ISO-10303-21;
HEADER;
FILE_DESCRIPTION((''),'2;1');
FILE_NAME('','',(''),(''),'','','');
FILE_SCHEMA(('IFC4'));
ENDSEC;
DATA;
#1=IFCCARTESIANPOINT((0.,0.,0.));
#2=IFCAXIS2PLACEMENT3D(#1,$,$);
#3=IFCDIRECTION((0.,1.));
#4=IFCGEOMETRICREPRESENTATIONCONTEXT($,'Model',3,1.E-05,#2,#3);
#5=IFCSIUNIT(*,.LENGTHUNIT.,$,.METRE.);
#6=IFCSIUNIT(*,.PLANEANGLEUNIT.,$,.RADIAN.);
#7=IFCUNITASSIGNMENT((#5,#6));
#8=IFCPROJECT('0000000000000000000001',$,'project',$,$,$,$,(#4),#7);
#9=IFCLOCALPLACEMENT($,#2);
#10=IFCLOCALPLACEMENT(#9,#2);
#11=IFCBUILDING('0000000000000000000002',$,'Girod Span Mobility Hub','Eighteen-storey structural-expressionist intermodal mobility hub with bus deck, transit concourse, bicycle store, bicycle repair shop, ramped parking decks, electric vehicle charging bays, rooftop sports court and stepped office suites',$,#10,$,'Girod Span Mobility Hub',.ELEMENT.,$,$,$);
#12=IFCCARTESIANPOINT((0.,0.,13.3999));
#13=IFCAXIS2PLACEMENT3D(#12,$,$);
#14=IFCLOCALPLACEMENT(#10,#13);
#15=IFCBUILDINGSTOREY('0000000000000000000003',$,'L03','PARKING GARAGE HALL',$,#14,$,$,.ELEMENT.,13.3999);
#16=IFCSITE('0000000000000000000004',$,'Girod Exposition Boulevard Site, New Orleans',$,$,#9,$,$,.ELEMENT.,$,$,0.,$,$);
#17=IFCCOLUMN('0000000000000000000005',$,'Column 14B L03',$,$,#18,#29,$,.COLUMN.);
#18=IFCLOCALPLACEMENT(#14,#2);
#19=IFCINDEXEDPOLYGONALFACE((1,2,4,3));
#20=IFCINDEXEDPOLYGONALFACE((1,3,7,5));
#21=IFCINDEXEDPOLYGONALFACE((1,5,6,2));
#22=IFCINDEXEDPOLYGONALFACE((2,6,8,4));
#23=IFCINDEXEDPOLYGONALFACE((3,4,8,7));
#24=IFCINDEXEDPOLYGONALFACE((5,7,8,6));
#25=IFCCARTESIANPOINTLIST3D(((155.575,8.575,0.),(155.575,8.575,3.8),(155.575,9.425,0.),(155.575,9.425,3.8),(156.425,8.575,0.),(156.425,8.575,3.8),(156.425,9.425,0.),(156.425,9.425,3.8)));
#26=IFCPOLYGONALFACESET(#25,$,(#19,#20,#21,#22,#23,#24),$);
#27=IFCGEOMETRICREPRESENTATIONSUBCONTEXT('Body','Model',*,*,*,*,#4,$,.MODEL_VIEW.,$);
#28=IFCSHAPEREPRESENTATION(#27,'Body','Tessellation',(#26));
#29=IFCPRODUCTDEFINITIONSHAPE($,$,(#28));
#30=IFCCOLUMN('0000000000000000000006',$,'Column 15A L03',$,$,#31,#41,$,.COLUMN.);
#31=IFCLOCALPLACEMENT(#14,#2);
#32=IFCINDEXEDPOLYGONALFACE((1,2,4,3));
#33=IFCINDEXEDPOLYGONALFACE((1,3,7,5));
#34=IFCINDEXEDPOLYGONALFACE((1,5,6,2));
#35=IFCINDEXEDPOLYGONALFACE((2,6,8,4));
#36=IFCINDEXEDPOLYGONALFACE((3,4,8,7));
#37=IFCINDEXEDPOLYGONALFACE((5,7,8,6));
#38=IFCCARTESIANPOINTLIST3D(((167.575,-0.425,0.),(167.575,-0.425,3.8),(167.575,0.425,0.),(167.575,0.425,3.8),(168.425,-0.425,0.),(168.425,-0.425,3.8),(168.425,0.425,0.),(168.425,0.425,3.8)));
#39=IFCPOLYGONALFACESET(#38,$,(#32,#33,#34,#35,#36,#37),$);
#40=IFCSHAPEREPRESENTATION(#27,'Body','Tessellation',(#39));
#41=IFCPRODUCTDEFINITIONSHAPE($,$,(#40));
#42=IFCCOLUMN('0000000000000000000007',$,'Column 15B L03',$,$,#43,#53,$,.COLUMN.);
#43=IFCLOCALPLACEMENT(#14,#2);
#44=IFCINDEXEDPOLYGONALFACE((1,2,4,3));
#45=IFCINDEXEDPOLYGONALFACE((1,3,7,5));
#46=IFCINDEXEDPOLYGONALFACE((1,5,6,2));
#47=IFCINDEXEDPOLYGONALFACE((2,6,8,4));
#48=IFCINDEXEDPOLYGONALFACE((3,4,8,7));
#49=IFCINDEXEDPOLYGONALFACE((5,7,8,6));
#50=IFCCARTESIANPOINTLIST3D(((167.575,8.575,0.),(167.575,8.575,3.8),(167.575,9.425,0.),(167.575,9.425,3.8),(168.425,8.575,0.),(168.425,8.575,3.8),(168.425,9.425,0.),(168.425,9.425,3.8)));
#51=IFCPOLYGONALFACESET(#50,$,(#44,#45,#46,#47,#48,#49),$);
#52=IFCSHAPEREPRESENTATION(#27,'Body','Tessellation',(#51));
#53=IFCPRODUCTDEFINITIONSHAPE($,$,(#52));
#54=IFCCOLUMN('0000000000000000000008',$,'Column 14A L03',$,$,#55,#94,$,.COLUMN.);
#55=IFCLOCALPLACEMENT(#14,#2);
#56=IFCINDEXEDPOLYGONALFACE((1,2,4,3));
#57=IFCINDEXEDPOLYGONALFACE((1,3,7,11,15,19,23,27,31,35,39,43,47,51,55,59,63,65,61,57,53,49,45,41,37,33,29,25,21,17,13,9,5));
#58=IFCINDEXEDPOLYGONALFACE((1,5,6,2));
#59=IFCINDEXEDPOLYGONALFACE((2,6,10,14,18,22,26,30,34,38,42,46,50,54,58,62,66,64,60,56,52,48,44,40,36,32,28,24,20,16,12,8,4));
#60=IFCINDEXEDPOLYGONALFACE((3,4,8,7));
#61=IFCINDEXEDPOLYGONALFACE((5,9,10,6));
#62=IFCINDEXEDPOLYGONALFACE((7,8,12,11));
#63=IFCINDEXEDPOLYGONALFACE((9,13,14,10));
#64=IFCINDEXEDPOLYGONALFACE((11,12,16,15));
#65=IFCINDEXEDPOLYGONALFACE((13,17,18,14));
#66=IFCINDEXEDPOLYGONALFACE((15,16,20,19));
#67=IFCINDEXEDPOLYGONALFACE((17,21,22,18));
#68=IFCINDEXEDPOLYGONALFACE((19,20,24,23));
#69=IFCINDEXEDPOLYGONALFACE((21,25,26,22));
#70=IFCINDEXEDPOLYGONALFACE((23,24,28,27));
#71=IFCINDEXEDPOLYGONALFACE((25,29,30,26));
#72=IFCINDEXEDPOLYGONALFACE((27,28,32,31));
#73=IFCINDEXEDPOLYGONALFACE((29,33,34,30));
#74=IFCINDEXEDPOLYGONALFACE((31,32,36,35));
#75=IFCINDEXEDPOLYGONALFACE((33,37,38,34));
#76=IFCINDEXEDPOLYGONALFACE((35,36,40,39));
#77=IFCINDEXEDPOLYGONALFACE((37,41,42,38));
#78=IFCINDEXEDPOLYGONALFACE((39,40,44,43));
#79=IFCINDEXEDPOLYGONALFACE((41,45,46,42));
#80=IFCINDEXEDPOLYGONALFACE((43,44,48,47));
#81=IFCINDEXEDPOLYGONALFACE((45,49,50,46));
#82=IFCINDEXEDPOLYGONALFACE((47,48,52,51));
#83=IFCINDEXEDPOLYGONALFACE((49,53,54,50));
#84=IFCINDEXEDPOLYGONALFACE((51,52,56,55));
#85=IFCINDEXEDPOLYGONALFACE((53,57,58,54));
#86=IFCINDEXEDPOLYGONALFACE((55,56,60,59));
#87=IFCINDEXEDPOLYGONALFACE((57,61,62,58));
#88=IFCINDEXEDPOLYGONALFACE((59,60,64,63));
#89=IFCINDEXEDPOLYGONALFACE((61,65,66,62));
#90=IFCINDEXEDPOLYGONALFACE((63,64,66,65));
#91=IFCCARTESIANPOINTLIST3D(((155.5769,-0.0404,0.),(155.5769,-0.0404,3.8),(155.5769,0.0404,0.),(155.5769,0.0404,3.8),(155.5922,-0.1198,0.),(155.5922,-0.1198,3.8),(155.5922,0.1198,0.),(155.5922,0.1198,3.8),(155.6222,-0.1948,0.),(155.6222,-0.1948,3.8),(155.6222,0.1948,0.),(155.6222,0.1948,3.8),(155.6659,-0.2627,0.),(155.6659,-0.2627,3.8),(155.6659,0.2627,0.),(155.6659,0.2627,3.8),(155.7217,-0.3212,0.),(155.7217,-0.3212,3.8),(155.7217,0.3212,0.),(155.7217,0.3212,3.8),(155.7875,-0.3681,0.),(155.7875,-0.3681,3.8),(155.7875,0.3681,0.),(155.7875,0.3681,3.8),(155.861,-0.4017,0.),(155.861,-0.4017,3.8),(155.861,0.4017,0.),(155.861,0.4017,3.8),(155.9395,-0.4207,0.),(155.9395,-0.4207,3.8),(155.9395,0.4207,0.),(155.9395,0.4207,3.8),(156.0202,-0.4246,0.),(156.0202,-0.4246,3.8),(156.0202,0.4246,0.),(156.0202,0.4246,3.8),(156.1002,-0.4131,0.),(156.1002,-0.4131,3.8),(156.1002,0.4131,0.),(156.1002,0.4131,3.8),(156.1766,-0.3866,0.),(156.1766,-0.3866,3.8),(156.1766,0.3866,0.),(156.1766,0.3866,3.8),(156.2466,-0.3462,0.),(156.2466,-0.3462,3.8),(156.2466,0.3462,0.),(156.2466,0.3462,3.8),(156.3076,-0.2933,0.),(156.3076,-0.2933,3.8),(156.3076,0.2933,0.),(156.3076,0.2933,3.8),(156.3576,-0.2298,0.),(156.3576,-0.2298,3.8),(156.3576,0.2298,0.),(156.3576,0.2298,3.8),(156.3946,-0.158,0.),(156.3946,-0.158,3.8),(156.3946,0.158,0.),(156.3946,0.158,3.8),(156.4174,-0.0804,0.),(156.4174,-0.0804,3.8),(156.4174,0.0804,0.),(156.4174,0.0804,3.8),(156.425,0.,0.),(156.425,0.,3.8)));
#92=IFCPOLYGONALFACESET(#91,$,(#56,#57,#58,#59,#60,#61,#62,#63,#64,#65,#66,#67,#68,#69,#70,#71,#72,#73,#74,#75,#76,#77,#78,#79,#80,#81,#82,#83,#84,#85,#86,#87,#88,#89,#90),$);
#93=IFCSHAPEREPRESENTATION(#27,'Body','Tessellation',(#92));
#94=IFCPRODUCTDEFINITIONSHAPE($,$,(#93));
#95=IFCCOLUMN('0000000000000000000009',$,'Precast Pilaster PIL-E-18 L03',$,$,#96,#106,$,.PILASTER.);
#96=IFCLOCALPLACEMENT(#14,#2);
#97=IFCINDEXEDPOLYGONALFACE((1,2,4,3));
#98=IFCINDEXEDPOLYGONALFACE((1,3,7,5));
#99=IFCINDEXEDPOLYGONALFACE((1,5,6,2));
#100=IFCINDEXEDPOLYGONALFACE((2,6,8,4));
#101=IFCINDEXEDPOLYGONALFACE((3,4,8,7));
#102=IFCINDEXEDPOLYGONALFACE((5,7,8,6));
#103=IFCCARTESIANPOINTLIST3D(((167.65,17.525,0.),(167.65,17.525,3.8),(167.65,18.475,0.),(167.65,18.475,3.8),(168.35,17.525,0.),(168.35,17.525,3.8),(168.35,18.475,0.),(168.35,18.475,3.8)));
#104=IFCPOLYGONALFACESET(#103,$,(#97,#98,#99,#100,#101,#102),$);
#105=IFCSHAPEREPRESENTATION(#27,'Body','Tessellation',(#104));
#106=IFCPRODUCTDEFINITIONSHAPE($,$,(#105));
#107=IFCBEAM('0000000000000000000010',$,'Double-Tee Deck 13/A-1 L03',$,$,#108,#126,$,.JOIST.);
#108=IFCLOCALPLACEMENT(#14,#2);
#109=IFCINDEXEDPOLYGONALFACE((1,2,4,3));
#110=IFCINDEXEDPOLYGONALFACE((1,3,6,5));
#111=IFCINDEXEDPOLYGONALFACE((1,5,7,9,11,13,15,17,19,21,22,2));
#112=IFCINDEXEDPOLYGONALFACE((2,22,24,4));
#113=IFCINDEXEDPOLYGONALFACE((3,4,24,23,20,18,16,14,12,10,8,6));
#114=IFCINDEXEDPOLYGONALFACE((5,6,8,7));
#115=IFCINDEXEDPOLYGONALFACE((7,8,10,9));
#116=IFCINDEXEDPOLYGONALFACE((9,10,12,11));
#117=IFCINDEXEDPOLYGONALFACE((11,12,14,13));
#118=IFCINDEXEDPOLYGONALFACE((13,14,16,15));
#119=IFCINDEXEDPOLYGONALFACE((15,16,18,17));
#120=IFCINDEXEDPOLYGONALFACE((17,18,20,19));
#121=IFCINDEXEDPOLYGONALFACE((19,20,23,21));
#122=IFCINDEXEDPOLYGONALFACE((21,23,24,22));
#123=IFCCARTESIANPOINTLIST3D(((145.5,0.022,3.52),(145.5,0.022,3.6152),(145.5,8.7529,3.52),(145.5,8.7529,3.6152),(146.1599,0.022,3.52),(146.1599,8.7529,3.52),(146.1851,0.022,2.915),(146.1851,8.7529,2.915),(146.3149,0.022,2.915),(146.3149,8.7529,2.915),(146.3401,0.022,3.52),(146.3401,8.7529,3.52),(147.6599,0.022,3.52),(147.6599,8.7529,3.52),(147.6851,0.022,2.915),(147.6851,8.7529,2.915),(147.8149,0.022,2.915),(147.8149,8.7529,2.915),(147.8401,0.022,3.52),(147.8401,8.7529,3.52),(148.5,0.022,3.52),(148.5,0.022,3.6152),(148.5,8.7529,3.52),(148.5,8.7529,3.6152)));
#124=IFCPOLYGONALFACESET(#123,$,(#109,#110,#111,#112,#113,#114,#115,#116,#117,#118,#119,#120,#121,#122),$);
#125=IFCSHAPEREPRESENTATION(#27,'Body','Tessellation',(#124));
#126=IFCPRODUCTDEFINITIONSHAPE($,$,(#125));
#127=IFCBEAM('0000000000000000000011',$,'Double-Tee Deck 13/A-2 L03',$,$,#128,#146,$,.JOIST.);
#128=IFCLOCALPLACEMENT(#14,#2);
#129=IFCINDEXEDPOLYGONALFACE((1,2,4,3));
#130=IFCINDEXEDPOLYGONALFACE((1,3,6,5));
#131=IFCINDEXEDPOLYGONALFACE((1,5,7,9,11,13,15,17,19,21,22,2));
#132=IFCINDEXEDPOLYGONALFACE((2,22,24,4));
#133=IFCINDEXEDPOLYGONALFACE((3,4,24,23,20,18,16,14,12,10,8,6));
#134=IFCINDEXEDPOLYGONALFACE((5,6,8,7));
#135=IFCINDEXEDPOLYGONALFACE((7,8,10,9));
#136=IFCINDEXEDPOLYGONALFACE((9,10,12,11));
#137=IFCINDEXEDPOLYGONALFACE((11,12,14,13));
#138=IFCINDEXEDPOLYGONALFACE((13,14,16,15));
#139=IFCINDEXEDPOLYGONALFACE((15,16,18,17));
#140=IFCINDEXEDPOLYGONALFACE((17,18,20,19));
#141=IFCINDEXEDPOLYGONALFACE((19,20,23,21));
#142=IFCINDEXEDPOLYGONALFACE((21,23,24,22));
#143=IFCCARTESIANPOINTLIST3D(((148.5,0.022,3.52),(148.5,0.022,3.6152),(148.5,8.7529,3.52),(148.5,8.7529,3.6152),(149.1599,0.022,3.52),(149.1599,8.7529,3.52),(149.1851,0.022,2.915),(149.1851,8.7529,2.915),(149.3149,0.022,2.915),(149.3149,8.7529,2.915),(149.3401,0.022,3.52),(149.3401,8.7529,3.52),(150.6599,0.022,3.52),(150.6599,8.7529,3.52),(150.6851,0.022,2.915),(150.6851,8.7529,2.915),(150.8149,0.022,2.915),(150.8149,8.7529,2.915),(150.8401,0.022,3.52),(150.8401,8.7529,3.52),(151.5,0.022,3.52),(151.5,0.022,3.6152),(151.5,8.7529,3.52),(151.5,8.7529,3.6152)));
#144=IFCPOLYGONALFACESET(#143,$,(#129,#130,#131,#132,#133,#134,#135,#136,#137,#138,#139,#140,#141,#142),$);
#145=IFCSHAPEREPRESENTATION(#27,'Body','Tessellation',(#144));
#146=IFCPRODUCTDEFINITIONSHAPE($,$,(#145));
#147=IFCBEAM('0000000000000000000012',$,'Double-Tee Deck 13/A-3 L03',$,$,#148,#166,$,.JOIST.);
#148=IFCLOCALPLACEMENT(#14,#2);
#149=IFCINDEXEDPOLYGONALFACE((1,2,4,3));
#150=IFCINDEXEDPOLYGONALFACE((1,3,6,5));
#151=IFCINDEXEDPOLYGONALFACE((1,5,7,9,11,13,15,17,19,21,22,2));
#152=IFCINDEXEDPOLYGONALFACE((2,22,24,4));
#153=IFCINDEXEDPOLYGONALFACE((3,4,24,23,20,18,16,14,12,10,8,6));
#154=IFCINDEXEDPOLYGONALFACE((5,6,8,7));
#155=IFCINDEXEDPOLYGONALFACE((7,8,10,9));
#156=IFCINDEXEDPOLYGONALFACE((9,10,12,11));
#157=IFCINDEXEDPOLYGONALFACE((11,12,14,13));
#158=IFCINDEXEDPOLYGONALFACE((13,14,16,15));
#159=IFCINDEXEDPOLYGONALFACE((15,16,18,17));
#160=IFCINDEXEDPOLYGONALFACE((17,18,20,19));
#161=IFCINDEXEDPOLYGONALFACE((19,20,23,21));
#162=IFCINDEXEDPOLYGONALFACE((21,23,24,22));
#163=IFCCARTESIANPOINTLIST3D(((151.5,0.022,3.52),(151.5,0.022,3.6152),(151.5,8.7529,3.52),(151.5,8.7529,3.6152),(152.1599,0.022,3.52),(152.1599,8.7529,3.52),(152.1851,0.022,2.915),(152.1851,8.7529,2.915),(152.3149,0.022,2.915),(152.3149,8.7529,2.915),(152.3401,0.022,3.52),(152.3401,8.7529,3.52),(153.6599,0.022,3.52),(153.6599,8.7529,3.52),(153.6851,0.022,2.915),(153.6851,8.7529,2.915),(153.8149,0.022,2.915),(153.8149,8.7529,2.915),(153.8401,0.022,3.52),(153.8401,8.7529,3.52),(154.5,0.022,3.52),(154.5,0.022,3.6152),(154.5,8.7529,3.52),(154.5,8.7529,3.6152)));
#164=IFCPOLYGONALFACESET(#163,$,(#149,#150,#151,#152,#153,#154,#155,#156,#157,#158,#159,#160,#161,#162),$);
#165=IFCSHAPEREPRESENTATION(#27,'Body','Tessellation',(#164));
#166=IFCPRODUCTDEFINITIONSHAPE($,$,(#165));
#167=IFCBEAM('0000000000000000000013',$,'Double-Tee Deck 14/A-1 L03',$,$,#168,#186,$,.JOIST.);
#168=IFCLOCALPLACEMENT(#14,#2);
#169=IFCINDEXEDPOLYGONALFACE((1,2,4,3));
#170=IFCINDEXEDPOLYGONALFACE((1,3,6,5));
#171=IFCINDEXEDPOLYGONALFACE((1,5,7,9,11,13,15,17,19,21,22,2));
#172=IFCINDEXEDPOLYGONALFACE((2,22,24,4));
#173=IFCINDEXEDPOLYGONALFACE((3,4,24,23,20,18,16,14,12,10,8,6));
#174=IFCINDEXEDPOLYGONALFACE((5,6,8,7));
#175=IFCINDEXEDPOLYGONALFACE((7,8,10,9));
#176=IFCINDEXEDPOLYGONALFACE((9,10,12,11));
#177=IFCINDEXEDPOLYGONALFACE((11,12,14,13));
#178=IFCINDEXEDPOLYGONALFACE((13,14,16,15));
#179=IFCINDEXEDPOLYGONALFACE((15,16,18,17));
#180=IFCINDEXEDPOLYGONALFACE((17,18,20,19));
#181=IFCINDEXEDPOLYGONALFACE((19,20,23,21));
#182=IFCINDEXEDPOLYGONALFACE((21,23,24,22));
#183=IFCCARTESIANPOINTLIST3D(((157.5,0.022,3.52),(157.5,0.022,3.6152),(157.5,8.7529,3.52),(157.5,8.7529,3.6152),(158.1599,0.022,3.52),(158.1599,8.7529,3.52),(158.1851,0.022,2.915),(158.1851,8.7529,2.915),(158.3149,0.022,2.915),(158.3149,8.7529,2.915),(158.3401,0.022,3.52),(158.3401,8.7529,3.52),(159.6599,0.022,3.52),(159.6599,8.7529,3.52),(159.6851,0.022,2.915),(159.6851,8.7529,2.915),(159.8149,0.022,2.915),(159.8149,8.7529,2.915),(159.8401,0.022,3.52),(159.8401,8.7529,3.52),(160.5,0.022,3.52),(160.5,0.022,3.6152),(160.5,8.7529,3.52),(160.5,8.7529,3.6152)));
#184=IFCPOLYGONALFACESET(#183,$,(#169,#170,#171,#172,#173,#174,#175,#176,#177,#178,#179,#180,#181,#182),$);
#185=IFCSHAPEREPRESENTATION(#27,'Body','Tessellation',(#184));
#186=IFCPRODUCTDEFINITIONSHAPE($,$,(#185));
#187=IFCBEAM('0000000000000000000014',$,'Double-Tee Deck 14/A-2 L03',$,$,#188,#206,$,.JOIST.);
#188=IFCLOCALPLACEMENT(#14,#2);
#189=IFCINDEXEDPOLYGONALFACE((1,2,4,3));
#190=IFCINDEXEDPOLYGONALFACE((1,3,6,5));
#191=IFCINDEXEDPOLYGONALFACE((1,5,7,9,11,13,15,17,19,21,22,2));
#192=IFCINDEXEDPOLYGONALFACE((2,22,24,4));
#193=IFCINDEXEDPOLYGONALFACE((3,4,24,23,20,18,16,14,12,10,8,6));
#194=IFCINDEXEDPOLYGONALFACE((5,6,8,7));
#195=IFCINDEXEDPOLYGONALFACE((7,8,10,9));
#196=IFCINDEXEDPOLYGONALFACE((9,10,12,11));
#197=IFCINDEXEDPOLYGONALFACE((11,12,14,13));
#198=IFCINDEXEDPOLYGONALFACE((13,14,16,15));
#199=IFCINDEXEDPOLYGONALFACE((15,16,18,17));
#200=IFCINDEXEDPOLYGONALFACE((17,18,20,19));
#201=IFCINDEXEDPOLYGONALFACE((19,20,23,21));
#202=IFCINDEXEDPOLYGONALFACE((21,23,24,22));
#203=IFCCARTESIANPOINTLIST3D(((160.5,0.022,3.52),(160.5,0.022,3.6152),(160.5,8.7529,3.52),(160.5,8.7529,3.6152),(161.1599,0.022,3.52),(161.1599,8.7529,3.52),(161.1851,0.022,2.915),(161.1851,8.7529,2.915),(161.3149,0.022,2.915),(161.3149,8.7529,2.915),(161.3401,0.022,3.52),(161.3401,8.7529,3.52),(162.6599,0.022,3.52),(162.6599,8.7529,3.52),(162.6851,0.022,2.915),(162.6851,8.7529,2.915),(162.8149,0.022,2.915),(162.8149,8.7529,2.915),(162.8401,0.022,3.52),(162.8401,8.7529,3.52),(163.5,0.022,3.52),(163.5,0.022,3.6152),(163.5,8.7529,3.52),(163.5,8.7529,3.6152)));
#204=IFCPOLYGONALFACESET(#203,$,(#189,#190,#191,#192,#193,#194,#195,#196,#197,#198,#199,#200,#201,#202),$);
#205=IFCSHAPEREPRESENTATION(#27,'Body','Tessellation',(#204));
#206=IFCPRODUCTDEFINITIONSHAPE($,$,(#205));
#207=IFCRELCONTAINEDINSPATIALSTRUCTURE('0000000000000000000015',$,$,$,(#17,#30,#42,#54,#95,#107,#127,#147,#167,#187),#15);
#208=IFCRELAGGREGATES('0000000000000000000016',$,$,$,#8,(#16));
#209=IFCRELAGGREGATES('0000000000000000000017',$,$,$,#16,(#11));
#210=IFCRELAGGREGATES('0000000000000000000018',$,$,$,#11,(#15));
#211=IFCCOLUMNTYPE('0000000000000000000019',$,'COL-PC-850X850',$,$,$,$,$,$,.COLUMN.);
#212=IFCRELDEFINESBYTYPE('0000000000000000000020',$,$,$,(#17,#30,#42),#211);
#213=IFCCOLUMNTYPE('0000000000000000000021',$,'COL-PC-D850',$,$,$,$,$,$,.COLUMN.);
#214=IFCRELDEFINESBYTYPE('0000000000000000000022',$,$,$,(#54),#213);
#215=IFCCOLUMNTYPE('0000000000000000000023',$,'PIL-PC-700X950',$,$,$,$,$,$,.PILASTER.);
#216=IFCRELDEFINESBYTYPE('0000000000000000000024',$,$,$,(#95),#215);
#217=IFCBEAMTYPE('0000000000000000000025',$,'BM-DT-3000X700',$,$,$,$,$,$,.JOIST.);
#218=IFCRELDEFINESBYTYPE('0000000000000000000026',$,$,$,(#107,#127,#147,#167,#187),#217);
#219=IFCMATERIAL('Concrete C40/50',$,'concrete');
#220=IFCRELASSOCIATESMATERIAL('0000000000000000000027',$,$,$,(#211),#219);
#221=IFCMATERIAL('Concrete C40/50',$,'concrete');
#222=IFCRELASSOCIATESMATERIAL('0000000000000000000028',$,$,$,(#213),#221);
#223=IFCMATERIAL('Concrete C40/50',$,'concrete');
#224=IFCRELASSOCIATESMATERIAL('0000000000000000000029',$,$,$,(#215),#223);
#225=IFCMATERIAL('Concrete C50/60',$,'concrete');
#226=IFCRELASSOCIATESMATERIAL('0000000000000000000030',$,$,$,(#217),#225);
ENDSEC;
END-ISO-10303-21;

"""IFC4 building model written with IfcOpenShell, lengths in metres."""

from ifc_helpers import new_model, si_unit, direction, frame, origin, origin_2d, place, context, subcontext, project, spatial, polyline, rectangle, circle, outline, extrude, material, material_profile, profile_set, type_object, element, save


model = new_model("IFC4")

# Units and contexts
model_context = context("Model", 3, precision=1e-05, world=origin(), true_north=direction((0.0, 1.0)))
body_context = subcontext(model_context, "Body", "Model", "MODEL_VIEW")
ifc_project = project(units=[si_unit("LENGTHUNIT", "METRE"), si_unit("PLANEANGLEUNIT", "RADIAN")], contexts=[model_context])

# Site, building, storey
site_placement = place(None, origin())
site = spatial("IfcSite", under=ifc_project, at=site_placement, Name="Girod Exposition Boulevard Site, New Orleans", CompositionType="ELEMENT", RefElevation=0.0)
building_placement = place(site_placement, origin())
building = spatial("IfcBuilding", under=site, at=building_placement, Name="Girod Span Mobility Hub", Description="Eighteen-storey structural-expressionist intermodal mobility hub with bus deck, transit concourse, bicycle store, bicycle repair shop, ramped parking decks, electric vehicle charging bays, rooftop sports court and stepped office suites", LongName="Girod Span Mobility Hub", CompositionType="ELEMENT")
storey_placement = place(building_placement, frame((0.0, 0.0, 13.3999)))
storey = spatial("IfcBuildingStorey", under=building, at=storey_placement, Name="L03", Description="PARKING GARAGE HALL", CompositionType="ELEMENT", Elevation=13.3999)

# Columns
ifc_material_1 = material(Name="Concrete C40/50", Category="concrete")
ifc_material_profile_1 = material_profile(ifc_material_1, rectangle(XDim=0.8501, YDim=0.8501, at=origin_2d()), Name="PC-COL-850X850")
ifc_profile_set_1 = profile_set([ifc_material_profile_1], Name="Concrete C40/50")
column_type_1 = type_object("IfcColumnType", Name="COL-PC-850X850", PredefinedType="COLUMN", material=ifc_profile_set_1)
for number, where, z_axis, x_axis, name in (
    (1, (156.0, 9.0, 0.0), (0.0, 0.0, 1.0), (1.0, 0.0, 0.0), "Column 14B L03"),
    (2, (168.0, 0.0, 0.0), (0.0, 0.0, 1.0), (1.0, 0.0, 0.0), "Column 15A L03"),
    (3, (168.0, 9.0, 0.0), (0.0, 0.0, 1.0), (1.0, 0.0, 0.0), "Column 15B L03"),
):
    element("IfcColumn", number, at=place(storey_placement, frame(where, z_axis=z_axis, x_axis=x_axis)), inside=storey, type_object=column_type_1, Name=name, PredefinedType="COLUMN", context=body_context, shape_type="SweptSolid", body=[
        extrude(rectangle(XDim=0.8501, YDim=0.8501, at=origin_2d()), origin(), (0.0, 0.0, 1.0), 3.8),
    ])
ifc_material_2 = material(Name="Concrete C40/50", Category="concrete")
ifc_material_profile_2 = material_profile(ifc_material_2, circle(Radius=0.425, at=origin_2d()), Name="PC-CIR-D850")
ifc_profile_set_2 = profile_set([ifc_material_profile_2], Name="Concrete C40/50")
column_type_2 = type_object("IfcColumnType", Name="COL-PC-D850", PredefinedType="COLUMN", material=ifc_profile_set_2)
column_1_placement = place(storey_placement, frame((156.0, 0.0, 0.0), z_axis=(0.0, 0.0, 1.0), x_axis=(1.0, 0.0, 0.0)))
element("IfcColumn", 4, at=column_1_placement, inside=storey, type_object=column_type_2, Name="Column 14A L03", PredefinedType="COLUMN", context=body_context, shape_type="SweptSolid", body=[
    extrude(circle(Radius=0.425, at=origin_2d()), origin(), (0.0, 0.0, 1.0), 3.8),
])
ifc_material_3 = material(Name="Concrete C40/50", Category="concrete")
ifc_material_profile_3 = material_profile(ifc_material_3, rectangle(XDim=0.7, YDim=0.95, at=origin_2d()), Name="PC-PIL-700X950")
ifc_profile_set_3 = profile_set([ifc_material_profile_3], Name="Concrete C40/50")
column_type_3 = type_object("IfcColumnType", Name="PIL-PC-700X950", PredefinedType="PILASTER", material=ifc_profile_set_3)
column_2_placement = place(storey_placement, frame((168.0, 18.0, 0.0), z_axis=(0.0, 0.0, 1.0), x_axis=(1.0, 0.0, 0.0)))
element("IfcColumn", 5, at=column_2_placement, inside=storey, type_object=column_type_3, Name="Precast Pilaster PIL-E-18 L03", PredefinedType="PILASTER", context=body_context, shape_type="SweptSolid", body=[
    extrude(rectangle(XDim=0.7, YDim=0.95, at=origin_2d()), origin(), (0.0, 0.0, 1.0), 3.8),
])

# Beams
ifc_material_4 = material(Name="Concrete C50/60", Category="concrete")
ifc_material_profile_4 = material_profile(ifc_material_4, outline(polyline([(-1.5, 0.3501), (-1.5, 0.2549), (-0.8401, 0.2549), (-0.8149, -0.3501), (-0.6851, -0.3501), (-0.6599, 0.2549), (0.6599, 0.2549), (0.6851, -0.3501), (0.8149, -0.3501), (0.8401, 0.2549), (1.5, 0.2549), (1.5, 0.3501), (-1.5, 0.3501)])), Name="DT-3000X700")
ifc_profile_set_4 = profile_set([ifc_material_profile_4], Name="Concrete C50/60")
beam_type_1 = type_object("IfcBeamType", Name="BM-DT-3000X700", PredefinedType="JOIST", material=ifc_profile_set_4)
for number, where, z_axis, x_axis, name in (
    (6, (147.0, 0.022, 3.2651), (0.0, 1.0, 0.0), (-1.0, 0.0, 0.0), "Double-Tee Deck 13/A-1 L03"),
    (7, (150.0, 0.022, 3.2651), (0.0, 1.0, 0.0), (-1.0, 0.0, 0.0), "Double-Tee Deck 13/A-2 L03"),
    (8, (153.0, 0.022, 3.2651), (0.0, 1.0, 0.0), (-1.0, 0.0, 0.0), "Double-Tee Deck 13/A-3 L03"),
    (9, (159.0, 0.022, 3.2651), (0.0, 1.0, 0.0), (-1.0, 0.0, 0.0), "Double-Tee Deck 14/A-1 L03"),
    (10, (162.0, 0.022, 3.2651), (0.0, 1.0, 0.0), (-1.0, 0.0, 0.0), "Double-Tee Deck 14/A-2 L03"),
):
    element("IfcBeam", number, at=place(storey_placement, frame(where, z_axis=z_axis, x_axis=x_axis)), inside=storey, type_object=beam_type_1, Name=name, PredefinedType="JOIST", context=body_context, shape_type="SweptSolid", body=[
        extrude(outline(polyline([(-1.5, 0.3501), (-1.5, 0.2549), (-0.8401, 0.2549), (-0.8149, -0.3501), (-0.6851, -0.3501), (-0.6599, 0.2549), (0.6599, 0.2549), (0.6851, -0.3501), (0.8149, -0.3501), (0.8401, 0.2549), (1.5, 0.2549), (1.5, 0.3501), (-1.5, 0.3501)])), origin(), (0.0, 0.0, 1.0), 8.731),
    ])

save(model, "model.ifc")
